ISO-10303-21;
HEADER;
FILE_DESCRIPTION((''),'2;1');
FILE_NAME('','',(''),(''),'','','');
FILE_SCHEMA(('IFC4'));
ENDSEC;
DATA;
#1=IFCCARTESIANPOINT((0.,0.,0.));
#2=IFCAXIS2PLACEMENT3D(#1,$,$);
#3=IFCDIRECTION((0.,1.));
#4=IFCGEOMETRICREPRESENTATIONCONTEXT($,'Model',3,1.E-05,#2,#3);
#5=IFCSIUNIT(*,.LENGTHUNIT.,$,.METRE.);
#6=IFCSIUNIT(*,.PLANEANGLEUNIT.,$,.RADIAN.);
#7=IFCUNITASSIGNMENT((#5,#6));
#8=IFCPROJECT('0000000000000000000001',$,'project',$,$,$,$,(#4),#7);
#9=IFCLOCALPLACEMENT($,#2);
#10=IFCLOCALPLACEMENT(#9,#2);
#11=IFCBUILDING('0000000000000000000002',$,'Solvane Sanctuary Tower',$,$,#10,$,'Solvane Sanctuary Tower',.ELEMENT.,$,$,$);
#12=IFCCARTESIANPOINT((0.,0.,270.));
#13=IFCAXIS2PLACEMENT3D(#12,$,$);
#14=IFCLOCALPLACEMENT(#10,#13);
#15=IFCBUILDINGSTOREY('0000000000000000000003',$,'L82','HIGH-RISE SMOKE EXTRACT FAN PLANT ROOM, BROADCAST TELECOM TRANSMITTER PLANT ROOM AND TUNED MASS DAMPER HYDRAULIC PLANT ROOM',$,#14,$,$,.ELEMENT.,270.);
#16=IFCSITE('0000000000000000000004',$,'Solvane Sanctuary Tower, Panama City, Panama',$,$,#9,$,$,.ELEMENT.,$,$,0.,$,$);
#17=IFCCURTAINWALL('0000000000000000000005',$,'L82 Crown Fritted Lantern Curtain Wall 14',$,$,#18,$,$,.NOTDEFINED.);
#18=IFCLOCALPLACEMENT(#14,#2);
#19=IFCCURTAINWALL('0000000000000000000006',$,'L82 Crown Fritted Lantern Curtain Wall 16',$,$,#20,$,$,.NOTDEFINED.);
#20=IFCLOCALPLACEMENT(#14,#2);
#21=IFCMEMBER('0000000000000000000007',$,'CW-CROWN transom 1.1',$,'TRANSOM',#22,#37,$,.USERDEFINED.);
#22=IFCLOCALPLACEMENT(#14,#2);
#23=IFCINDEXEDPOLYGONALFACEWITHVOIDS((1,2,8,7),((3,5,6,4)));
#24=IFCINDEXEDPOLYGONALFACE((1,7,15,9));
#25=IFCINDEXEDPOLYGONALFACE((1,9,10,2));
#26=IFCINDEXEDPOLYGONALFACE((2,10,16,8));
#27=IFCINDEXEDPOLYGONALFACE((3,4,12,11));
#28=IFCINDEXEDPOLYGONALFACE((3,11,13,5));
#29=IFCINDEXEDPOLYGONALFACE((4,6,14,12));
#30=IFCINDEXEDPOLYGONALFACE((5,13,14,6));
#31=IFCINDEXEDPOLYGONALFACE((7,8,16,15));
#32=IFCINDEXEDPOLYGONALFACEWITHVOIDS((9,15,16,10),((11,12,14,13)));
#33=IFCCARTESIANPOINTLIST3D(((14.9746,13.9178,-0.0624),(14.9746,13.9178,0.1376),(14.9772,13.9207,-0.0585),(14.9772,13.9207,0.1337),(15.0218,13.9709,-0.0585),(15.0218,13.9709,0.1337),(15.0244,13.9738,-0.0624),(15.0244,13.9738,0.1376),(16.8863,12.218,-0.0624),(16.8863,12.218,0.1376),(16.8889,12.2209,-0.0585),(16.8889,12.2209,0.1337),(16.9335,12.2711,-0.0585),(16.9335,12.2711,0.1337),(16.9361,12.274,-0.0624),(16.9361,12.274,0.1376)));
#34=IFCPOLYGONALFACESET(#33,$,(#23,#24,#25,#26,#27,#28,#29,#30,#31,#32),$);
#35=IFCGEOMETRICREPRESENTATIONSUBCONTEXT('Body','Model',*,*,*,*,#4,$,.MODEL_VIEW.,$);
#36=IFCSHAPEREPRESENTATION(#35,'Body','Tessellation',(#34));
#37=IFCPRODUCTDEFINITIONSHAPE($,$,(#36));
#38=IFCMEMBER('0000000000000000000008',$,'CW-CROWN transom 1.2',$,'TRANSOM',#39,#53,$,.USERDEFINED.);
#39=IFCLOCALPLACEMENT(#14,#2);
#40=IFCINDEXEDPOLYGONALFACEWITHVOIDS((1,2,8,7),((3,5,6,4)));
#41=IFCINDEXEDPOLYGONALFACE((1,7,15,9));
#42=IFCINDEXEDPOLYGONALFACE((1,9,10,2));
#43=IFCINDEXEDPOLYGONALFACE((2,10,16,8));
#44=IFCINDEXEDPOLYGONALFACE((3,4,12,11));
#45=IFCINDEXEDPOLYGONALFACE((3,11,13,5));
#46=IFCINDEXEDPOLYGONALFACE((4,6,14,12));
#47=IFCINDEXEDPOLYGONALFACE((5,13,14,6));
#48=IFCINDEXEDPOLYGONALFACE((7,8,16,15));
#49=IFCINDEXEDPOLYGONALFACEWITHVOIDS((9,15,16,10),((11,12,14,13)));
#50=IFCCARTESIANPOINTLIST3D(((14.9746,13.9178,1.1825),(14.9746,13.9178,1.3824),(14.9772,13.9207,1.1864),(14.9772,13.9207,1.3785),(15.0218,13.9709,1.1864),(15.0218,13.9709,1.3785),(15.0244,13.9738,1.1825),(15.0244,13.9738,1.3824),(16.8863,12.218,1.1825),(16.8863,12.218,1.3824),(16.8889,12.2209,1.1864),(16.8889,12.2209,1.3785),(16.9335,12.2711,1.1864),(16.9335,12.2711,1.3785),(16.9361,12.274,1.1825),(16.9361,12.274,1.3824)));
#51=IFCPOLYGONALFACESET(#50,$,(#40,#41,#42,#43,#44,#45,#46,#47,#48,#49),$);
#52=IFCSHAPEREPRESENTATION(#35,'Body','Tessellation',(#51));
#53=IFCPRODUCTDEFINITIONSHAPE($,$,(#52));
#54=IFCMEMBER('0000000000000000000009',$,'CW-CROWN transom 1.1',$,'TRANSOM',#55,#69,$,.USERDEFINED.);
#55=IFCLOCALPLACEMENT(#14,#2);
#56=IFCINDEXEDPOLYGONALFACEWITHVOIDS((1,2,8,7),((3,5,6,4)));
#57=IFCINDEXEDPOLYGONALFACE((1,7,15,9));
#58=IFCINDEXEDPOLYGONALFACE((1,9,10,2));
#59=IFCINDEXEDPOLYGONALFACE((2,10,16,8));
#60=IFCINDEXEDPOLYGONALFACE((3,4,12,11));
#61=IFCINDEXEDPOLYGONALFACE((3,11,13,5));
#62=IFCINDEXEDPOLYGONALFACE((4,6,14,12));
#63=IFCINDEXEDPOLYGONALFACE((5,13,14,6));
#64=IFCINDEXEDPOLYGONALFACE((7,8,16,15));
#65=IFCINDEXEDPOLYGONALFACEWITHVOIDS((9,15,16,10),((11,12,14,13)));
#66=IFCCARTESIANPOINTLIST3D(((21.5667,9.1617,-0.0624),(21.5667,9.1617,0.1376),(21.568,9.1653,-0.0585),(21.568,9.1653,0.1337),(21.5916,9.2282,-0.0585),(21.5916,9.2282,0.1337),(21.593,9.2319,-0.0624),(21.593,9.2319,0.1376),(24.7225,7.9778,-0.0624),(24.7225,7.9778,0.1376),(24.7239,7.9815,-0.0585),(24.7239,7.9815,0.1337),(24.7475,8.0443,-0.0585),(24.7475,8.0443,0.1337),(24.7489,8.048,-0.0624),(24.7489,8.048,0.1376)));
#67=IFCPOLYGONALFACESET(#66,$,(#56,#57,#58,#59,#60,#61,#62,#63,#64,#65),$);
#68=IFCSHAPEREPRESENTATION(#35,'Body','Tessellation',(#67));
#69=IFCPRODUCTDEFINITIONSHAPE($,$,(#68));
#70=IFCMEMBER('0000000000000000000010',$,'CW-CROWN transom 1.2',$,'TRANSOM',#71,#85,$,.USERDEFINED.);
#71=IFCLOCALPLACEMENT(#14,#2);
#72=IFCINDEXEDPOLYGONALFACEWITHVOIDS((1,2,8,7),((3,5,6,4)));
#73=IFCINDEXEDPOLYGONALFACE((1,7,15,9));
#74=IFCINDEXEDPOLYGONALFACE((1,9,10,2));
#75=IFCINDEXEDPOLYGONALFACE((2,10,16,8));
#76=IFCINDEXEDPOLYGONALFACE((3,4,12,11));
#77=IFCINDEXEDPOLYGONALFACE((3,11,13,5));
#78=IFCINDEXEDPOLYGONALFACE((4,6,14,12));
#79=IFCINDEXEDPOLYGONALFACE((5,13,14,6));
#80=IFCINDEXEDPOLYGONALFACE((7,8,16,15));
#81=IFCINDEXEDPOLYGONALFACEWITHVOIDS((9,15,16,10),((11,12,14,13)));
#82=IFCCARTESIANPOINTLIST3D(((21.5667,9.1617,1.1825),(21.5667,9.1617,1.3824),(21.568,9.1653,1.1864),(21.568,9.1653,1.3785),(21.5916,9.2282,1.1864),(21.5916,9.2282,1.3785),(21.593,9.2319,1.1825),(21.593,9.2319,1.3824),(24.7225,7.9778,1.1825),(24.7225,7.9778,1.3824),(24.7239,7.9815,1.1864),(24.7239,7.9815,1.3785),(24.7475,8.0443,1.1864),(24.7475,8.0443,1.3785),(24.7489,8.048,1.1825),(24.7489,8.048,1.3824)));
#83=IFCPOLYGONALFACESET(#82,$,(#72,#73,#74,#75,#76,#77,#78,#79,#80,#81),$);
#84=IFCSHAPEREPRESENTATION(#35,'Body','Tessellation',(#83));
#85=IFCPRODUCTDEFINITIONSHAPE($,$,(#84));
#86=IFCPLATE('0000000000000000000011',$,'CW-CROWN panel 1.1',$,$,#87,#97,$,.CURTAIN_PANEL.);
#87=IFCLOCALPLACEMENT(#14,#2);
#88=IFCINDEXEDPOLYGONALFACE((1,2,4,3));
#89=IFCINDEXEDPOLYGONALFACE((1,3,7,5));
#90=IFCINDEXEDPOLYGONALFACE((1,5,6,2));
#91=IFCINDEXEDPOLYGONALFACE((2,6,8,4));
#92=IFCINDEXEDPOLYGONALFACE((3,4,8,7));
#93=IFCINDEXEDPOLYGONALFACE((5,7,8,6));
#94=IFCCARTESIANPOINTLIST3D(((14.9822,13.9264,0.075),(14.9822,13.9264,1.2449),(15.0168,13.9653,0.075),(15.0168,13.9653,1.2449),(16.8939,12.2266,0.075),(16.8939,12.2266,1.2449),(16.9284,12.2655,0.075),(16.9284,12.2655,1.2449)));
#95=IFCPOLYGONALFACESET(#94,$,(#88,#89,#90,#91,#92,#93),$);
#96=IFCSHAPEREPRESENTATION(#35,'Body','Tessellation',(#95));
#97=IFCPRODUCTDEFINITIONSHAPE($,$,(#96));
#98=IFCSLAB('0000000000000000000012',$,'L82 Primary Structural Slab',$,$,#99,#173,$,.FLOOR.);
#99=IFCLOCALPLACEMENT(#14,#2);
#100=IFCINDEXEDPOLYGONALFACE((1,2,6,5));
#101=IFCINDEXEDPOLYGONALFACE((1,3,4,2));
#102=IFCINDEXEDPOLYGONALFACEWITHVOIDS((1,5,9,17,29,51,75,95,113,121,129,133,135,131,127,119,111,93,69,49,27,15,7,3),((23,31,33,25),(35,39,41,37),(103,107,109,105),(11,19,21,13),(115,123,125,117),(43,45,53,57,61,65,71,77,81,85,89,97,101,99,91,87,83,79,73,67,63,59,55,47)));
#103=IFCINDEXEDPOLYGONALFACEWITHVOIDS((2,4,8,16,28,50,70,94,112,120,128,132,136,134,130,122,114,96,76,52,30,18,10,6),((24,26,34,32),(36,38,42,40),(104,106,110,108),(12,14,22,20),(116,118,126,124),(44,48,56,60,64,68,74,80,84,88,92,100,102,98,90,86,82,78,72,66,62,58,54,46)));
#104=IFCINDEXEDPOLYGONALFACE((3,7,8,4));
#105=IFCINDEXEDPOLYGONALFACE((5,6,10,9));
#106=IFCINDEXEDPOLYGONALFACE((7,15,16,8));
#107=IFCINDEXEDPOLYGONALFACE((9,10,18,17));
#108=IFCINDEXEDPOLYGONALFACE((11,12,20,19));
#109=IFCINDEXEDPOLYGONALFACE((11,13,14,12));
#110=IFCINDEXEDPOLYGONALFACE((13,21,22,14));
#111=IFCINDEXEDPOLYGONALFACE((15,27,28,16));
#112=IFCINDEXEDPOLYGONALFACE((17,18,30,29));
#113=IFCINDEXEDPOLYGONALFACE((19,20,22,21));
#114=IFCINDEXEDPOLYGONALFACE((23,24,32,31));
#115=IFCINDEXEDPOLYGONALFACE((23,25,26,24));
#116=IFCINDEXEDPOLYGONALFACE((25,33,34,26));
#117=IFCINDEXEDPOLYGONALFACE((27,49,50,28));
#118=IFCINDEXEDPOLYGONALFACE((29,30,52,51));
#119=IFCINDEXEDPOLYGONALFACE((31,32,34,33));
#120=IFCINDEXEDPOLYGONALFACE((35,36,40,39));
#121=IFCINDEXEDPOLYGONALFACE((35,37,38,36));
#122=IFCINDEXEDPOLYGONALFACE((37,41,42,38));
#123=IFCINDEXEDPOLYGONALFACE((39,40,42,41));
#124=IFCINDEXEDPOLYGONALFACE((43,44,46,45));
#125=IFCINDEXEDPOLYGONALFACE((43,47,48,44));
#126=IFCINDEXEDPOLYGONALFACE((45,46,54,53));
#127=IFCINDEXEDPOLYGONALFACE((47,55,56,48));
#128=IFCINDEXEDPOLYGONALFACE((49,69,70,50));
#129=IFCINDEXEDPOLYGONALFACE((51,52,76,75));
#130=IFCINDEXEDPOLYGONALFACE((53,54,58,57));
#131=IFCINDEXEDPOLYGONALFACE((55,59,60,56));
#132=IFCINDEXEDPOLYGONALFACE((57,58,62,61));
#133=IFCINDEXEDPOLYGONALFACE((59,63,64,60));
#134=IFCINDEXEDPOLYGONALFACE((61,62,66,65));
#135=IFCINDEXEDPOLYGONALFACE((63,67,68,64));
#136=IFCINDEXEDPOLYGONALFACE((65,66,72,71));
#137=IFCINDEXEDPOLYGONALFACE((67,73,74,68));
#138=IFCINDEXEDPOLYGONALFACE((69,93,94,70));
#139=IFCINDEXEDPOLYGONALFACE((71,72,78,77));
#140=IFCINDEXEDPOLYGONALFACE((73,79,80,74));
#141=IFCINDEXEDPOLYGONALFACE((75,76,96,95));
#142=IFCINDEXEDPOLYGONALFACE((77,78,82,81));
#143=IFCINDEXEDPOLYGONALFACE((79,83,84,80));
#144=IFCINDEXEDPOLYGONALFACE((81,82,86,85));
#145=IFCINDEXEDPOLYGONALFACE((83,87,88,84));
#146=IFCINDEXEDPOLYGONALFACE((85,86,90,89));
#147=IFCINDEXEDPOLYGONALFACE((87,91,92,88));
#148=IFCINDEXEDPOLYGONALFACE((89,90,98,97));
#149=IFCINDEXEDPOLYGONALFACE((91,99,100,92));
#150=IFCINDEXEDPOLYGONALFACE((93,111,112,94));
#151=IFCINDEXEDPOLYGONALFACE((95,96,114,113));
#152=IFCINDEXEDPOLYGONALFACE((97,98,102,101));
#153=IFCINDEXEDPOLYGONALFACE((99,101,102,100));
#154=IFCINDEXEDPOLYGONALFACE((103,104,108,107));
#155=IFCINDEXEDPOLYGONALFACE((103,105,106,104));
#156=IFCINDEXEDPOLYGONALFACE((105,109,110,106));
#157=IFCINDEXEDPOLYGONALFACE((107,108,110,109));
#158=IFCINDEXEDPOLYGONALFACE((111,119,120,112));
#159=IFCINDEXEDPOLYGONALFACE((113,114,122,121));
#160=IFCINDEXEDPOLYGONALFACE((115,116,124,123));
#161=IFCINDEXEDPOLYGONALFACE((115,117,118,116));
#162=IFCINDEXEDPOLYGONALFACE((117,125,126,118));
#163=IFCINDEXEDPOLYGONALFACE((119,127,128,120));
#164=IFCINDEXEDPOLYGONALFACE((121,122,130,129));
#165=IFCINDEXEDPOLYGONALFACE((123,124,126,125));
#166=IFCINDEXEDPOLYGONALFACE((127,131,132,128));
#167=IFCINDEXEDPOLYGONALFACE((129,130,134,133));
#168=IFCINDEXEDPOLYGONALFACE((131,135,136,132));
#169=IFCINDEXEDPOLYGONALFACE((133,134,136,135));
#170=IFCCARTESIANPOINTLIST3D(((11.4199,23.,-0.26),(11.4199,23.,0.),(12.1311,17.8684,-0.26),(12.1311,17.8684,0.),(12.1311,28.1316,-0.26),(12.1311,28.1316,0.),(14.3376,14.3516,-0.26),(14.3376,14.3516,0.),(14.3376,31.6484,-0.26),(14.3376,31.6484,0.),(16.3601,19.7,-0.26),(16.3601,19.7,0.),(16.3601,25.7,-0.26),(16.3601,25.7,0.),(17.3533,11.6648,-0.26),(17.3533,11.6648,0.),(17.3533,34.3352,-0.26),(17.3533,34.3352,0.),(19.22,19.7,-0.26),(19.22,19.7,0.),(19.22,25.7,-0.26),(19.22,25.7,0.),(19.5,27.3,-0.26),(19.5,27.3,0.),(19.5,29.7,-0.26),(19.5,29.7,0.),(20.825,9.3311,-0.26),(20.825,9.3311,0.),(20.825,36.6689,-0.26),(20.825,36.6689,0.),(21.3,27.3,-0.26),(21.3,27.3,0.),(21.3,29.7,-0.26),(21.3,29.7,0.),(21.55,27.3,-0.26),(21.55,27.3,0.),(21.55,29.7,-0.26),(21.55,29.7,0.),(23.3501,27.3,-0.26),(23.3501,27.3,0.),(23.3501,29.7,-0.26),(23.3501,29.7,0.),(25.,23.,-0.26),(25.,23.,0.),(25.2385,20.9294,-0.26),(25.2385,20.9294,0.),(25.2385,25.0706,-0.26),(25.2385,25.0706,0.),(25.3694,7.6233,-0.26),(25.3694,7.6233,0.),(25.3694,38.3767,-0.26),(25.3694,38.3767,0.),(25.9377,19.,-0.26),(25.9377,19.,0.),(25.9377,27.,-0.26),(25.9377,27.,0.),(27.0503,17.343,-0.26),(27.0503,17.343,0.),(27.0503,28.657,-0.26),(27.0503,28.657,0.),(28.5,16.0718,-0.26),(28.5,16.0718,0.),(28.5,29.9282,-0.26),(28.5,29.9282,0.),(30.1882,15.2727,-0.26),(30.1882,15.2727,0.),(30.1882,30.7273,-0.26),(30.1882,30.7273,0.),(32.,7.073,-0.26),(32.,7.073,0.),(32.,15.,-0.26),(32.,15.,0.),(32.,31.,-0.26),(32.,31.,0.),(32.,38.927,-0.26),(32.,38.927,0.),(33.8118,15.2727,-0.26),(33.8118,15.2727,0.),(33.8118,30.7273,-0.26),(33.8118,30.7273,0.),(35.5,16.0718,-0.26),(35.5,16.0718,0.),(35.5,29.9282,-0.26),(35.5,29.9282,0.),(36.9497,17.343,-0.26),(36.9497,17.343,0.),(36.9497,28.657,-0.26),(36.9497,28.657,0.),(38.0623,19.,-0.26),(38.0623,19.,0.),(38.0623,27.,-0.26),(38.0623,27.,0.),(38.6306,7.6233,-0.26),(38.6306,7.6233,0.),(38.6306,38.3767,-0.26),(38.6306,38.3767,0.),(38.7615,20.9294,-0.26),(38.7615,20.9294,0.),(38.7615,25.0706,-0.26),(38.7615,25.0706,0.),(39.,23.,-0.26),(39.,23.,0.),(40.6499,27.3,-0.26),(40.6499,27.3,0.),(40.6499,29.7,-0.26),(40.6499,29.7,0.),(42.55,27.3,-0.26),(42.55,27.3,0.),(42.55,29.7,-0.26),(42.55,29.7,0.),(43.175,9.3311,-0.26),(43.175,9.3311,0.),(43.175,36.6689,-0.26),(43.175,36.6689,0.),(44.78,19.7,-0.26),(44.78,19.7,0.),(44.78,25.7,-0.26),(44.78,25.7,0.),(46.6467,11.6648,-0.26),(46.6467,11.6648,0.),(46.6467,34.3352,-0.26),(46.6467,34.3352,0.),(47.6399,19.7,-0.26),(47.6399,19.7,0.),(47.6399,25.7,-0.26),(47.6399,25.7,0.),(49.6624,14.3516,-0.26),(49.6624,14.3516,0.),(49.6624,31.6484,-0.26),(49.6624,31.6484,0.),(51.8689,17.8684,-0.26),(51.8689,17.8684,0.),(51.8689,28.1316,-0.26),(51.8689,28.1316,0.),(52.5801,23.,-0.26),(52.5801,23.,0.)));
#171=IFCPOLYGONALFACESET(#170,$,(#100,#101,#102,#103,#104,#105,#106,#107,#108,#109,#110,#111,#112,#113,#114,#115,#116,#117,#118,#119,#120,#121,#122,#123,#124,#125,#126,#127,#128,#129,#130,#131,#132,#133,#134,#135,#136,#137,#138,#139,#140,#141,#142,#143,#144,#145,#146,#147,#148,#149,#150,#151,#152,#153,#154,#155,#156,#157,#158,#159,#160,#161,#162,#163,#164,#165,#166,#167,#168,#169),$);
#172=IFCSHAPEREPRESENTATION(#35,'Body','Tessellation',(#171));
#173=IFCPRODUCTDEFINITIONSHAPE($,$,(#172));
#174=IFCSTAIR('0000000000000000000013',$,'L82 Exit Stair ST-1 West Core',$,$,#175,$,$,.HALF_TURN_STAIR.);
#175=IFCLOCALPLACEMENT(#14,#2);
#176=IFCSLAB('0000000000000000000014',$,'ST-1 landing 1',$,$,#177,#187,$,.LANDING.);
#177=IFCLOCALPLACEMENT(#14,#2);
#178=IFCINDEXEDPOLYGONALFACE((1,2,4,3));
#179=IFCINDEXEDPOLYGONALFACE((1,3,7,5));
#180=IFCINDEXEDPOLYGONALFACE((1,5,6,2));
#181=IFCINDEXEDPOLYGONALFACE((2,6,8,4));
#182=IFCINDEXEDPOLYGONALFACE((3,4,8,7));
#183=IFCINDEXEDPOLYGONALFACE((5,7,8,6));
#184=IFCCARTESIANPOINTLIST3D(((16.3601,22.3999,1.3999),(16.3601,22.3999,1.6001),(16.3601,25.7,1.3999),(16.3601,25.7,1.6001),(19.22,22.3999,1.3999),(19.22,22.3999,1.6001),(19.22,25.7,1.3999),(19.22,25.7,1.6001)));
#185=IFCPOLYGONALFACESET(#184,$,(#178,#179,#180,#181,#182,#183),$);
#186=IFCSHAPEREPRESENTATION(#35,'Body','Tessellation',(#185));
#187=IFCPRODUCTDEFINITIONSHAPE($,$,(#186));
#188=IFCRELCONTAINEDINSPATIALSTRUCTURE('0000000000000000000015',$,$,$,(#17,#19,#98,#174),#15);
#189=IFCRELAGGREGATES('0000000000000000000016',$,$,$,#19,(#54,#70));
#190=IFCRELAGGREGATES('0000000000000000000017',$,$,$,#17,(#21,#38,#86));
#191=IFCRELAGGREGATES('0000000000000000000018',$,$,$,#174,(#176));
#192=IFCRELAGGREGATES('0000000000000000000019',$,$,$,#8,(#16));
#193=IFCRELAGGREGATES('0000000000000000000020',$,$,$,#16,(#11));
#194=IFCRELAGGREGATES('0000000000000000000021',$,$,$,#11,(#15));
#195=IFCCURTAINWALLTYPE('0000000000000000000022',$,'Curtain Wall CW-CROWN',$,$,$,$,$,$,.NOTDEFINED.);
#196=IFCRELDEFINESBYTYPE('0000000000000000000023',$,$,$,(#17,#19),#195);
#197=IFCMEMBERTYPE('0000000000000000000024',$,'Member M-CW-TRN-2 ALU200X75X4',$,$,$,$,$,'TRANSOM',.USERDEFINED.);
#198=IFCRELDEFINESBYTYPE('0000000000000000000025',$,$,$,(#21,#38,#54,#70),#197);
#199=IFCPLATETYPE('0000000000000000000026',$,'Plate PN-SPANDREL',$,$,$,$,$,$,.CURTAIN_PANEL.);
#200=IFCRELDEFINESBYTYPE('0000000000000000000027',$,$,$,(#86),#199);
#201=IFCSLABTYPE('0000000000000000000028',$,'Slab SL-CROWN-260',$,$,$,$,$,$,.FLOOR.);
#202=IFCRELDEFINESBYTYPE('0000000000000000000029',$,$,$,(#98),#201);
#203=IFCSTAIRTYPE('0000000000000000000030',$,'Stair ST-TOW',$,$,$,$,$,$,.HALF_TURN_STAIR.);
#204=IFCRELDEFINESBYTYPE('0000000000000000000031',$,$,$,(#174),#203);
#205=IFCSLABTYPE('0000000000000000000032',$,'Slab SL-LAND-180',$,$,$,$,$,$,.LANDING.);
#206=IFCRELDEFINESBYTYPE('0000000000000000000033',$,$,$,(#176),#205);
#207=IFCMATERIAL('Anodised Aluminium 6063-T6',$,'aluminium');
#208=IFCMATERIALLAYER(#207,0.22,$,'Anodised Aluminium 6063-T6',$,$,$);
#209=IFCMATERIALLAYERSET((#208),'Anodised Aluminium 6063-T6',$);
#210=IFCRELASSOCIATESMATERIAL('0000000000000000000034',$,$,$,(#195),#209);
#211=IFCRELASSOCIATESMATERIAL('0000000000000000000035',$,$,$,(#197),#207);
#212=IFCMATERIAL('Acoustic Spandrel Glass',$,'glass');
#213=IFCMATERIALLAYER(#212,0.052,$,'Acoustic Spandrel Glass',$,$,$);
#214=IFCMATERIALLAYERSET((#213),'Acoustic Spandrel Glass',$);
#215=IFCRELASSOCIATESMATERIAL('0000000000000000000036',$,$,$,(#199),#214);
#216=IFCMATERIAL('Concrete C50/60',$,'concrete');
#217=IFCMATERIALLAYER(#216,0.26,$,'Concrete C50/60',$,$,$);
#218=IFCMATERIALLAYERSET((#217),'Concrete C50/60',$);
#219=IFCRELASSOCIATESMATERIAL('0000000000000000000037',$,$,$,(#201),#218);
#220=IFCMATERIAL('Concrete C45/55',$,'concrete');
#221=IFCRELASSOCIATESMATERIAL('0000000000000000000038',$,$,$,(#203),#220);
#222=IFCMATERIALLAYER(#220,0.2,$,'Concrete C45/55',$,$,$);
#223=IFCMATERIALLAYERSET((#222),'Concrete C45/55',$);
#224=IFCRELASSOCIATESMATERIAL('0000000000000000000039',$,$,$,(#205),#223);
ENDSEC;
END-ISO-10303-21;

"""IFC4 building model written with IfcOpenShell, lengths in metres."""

from ifc_helpers import new_model, si_unit, direction, frame, origin, origin_2d, place, context, subcontext, project, spatial, polyline, rectangle, hollow_rectangle, outline, extrude, material, layer, layer_set, material_profile, profile_set, type_object, element, aggregate, save


model = new_model("IFC4")

# Units and contexts
model_context = context("Model", 3, precision=1e-05, world=origin(), true_north=direction((0.0, 1.0)))
body_context = subcontext(model_context, "Body", "Model", "MODEL_VIEW")
ifc_project = project(units=[si_unit("LENGTHUNIT", "METRE"), si_unit("PLANEANGLEUNIT", "RADIAN")], contexts=[model_context])

# Site, building, storey
site_placement = place(None, origin())
site = spatial("IfcSite", under=ifc_project, at=site_placement, Name="Solvane Sanctuary Tower, Panama City, Panama", CompositionType="ELEMENT", RefElevation=0.0)
building_placement = place(site_placement, origin())
building = spatial("IfcBuilding", under=site, at=building_placement, Name="Solvane Sanctuary Tower", LongName="Solvane Sanctuary Tower", CompositionType="ELEMENT")
storey_placement = place(building_placement, frame((0.0, 0.0, 270.0)))
storey = spatial("IfcBuildingStorey", under=building, at=storey_placement, Name="L82", Description="HIGH-RISE SMOKE EXTRACT FAN PLANT ROOM, BROADCAST TELECOM TRANSMITTER PLANT ROOM AND TUNED MASS DAMPER HYDRAULIC PLANT ROOM", CompositionType="ELEMENT", Elevation=270.0)

# Shared definitions
ifc_material_1 = material(Name="Anodised Aluminium 6063-T6", Category="aluminium")
ifc_layer_1 = layer(ifc_material_1, 0.22, Name="Anodised Aluminium 6063-T6")
ifc_layer_set_1 = layer_set([ifc_layer_1], Name="Anodised Aluminium 6063-T6")
curtain_wall_type = type_object("IfcCurtainWallType", Name="Curtain Wall CW-CROWN", PredefinedType="NOTDEFINED", material=ifc_layer_set_1)

# Curtain wall
curtain_wall_1_placement = place(storey_placement, origin())
curtain_wall_1 = element("IfcCurtainWall", 1, at=curtain_wall_1_placement, inside=storey, type_object=curtain_wall_type, Name="L82 Crown Fritted Lantern Curtain Wall 14", PredefinedType="NOTDEFINED")

# Curtain wall
curtain_wall_2_placement = place(storey_placement, origin())
curtain_wall_2 = element("IfcCurtainWall", 2, at=curtain_wall_2_placement, inside=storey, type_object=curtain_wall_type, Name="L82 Crown Fritted Lantern Curtain Wall 16", PredefinedType="NOTDEFINED")

# Members
ifc_material_profile_1 = material_profile(ifc_material_1, hollow_rectangle(XDim=0.075, YDim=0.2, WallThickness=0.0039, at=origin_2d()), Name="ALU200X75X4")
ifc_profile_set_1 = profile_set([ifc_material_profile_1], Name="Anodised Aluminium 6063-T6")
member_type_1 = type_object("IfcMemberType", Name="Member M-CW-TRN-2 ALU200X75X4", ElementType="TRANSOM", PredefinedType="USERDEFINED", material=ifc_profile_set_1)
member_1_placement = place(storey_placement, frame((14.9995, 13.9458, 0.0376), z_axis=(0.747315, -0.66447, 0.0), x_axis=(0.66447, 0.747315, 0.0)))
member_1 = element("IfcMember", 3, at=member_1_placement, type_object=member_type_1, Name="CW-CROWN transom 1.1", ObjectType="TRANSOM", PredefinedType="USERDEFINED", context=body_context, shape_type="SweptSolid", body=[
    extrude(hollow_rectangle(XDim=0.075, YDim=0.2, WallThickness=0.0039, at=origin_2d()), origin(), (0.0, 0.0, 1.0), 2.5581),
])
member_2_placement = place(storey_placement, frame((14.9995, 13.9458, 1.2825), z_axis=(0.747315, -0.66447, 0.0), x_axis=(0.66447, 0.747315, 0.0)))
member_2 = element("IfcMember", 4, at=member_2_placement, type_object=member_type_1, Name="CW-CROWN transom 1.2", ObjectType="TRANSOM", PredefinedType="USERDEFINED", context=body_context, shape_type="SweptSolid", body=[
    extrude(hollow_rectangle(XDim=0.075, YDim=0.2, WallThickness=0.0039, at=origin_2d()), origin(), (0.0, 0.0, 1.0), 2.5581),
])
member_3_placement = place(storey_placement, frame((21.5798, 9.1968, 0.0376), z_axis=(0.936287, -0.351235, 0.0), x_axis=(0.351235, 0.936287, 0.0)))
member_3 = element("IfcMember", 5, at=member_3_placement, type_object=member_type_1, Name="CW-CROWN transom 1.1", ObjectType="TRANSOM", PredefinedType="USERDEFINED", context=body_context, shape_type="SweptSolid", body=[
    extrude(hollow_rectangle(XDim=0.075, YDim=0.2, WallThickness=0.0039, at=origin_2d()), origin(), (0.0, 0.0, 1.0), 3.3706),
])
member_4_placement = place(storey_placement, frame((21.5798, 9.1968, 1.2825), z_axis=(0.936287, -0.351235, 0.0), x_axis=(0.351235, 0.936287, 0.0)))
member_4 = element("IfcMember", 6, at=member_4_placement, type_object=member_type_1, Name="CW-CROWN transom 1.2", ObjectType="TRANSOM", PredefinedType="USERDEFINED", context=body_context, shape_type="SweptSolid", body=[
    extrude(hollow_rectangle(XDim=0.075, YDim=0.2, WallThickness=0.0039, at=origin_2d()), origin(), (0.0, 0.0, 1.0), 3.3706),
])
aggregate(curtain_wall_2, [member_3, member_4])

# Plate
ifc_material_2 = material(Name="Acoustic Spandrel Glass", Category="glass")
ifc_layer_2 = layer(ifc_material_2, 0.052, Name="Acoustic Spandrel Glass")
ifc_layer_set_2 = layer_set([ifc_layer_2], Name="Acoustic Spandrel Glass")
plate_type = type_object("IfcPlateType", Name="Plate PN-SPANDREL", PredefinedType="CURTAIN_PANEL", material=ifc_layer_set_2)
plate_placement = place(storey_placement, frame((15.9553, 13.0959, 0.075), z_axis=(0.0, 0.0, 1.0), x_axis=(0.747307, -0.664478, 0.0)))
plate = element("IfcPlate", 7, at=plate_placement, type_object=plate_type, Name="CW-CROWN panel 1.1", PredefinedType="CURTAIN_PANEL", context=body_context, shape_type="SweptSolid", body=[
    extrude(rectangle(XDim=2.5581, YDim=0.052, at=origin_2d()), origin(), (0.0, 0.0, 1.0), 1.1699),
])
aggregate(curtain_wall_1, [member_1, member_2, plate])

# Slab
ifc_material_3 = material(Name="Concrete C50/60", Category="concrete")
ifc_layer_3 = layer(ifc_material_3, 0.26, Name="Concrete C50/60")
ifc_layer_set_3 = layer_set([ifc_layer_3], Name="Concrete C50/60")
slab_type_1 = type_object("IfcSlabType", Name="Slab SL-CROWN-260", PredefinedType="FLOOR", material=ifc_layer_set_3)
slab_1_placement = place(storey_placement, frame((0.0, 0.0, -0.26)))
element("IfcSlab", 8, at=slab_1_placement, inside=storey, type_object=slab_type_1, Name="L82 Primary Structural Slab", PredefinedType="FLOOR", context=body_context, shape_type="SweptSolid", body=[
    extrude(outline(polyline([(52.5801, 23.0), (51.8689, 28.1316), (49.6624, 31.6484), (46.6467, 34.3352), (43.175, 36.6689), (38.6306, 38.3767), (32.0, 38.927), (25.3694, 38.3767), (20.825, 36.6689), (17.3533, 34.3352), (14.3376, 31.6484), (12.1311, 28.1316), (11.4199, 23.0), (12.1311, 17.8684), (14.3376, 14.3516), (17.3533, 11.6648), (20.825, 9.3311), (25.3694, 7.6233), (32.0, 7.073), (38.6306, 7.6233), (43.175, 9.3311), (46.6467, 11.6648), (49.6624, 14.3516), (51.8689, 17.8684), (52.5801, 23.0)]), holes=[polyline([(38.7615, 20.9294), (38.0623, 19.0), (36.9497, 17.343), (35.5, 16.0718), (33.8118, 15.2727), (32.0, 15.0), (30.1882, 15.2727), (28.5, 16.0718), (27.0503, 17.343), (25.9377, 19.0), (25.2385, 20.9294), (25.0, 23.0), (25.2385, 25.0706), (25.9377, 27.0), (27.0503, 28.657), (28.5, 29.9282), (30.1882, 30.7273), (32.0, 31.0), (33.8118, 30.7273), (35.5, 29.9282), (36.9497, 28.657), (38.0623, 27.0), (38.7615, 25.0706), (39.0, 23.0), (38.7615, 20.9294)]), polyline([(16.3601, 19.7), (16.3601, 25.7), (19.22, 25.7), (19.22, 19.7), (16.3601, 19.7)]), polyline([(44.78, 19.7), (44.78, 25.7), (47.6399, 25.7), (47.6399, 19.7), (44.78, 19.7)]), polyline([(19.5, 29.7), (21.3, 29.7), (21.3, 27.3), (19.5, 27.3), (19.5, 29.7)]), polyline([(21.55, 29.7), (23.3501, 29.7), (23.3501, 27.3), (21.55, 27.3), (21.55, 29.7)]), polyline([(40.6499, 29.7), (42.55, 29.7), (42.55, 27.3), (40.6499, 27.3), (40.6499, 29.7)])]), origin(), (0.0, 0.0, 1.0), 0.26),
])

# Stair, slab
ifc_material_4 = material(Name="Concrete C45/55", Category="concrete")
stair_type = type_object("IfcStairType", Name="Stair ST-TOW", PredefinedType="HALF_TURN_STAIR", material=ifc_material_4)
stair_1_placement = place(storey_placement, origin())
stair_1 = element("IfcStair", 9, at=stair_1_placement, inside=storey, type_object=stair_type, Name="L82 Exit Stair ST-1 West Core", PredefinedType="HALF_TURN_STAIR")
ifc_layer_4 = layer(ifc_material_4, 0.2, Name="Concrete C45/55")
ifc_layer_set_4 = layer_set([ifc_layer_4], Name="Concrete C45/55")
slab_type_2 = type_object("IfcSlabType", Name="Slab SL-LAND-180", PredefinedType="LANDING", material=ifc_layer_set_4)
slab_2_placement = place(storey_placement, frame((0.0, 0.0, 1.3999)))
slab_2 = element("IfcSlab", 10, at=slab_2_placement, type_object=slab_type_2, Name="ST-1 landing 1", PredefinedType="LANDING", context=body_context, shape_type="SweptSolid", body=[
    extrude(outline(polyline([(19.22, 22.3999), (19.22, 25.7), (16.3601, 25.7), (16.3601, 22.3999), (19.22, 22.3999)])), origin(), (0.0, 0.0, 1.0), 0.2002),
])
aggregate(stair_1, [slab_2])

save(model, "model.ifc")
